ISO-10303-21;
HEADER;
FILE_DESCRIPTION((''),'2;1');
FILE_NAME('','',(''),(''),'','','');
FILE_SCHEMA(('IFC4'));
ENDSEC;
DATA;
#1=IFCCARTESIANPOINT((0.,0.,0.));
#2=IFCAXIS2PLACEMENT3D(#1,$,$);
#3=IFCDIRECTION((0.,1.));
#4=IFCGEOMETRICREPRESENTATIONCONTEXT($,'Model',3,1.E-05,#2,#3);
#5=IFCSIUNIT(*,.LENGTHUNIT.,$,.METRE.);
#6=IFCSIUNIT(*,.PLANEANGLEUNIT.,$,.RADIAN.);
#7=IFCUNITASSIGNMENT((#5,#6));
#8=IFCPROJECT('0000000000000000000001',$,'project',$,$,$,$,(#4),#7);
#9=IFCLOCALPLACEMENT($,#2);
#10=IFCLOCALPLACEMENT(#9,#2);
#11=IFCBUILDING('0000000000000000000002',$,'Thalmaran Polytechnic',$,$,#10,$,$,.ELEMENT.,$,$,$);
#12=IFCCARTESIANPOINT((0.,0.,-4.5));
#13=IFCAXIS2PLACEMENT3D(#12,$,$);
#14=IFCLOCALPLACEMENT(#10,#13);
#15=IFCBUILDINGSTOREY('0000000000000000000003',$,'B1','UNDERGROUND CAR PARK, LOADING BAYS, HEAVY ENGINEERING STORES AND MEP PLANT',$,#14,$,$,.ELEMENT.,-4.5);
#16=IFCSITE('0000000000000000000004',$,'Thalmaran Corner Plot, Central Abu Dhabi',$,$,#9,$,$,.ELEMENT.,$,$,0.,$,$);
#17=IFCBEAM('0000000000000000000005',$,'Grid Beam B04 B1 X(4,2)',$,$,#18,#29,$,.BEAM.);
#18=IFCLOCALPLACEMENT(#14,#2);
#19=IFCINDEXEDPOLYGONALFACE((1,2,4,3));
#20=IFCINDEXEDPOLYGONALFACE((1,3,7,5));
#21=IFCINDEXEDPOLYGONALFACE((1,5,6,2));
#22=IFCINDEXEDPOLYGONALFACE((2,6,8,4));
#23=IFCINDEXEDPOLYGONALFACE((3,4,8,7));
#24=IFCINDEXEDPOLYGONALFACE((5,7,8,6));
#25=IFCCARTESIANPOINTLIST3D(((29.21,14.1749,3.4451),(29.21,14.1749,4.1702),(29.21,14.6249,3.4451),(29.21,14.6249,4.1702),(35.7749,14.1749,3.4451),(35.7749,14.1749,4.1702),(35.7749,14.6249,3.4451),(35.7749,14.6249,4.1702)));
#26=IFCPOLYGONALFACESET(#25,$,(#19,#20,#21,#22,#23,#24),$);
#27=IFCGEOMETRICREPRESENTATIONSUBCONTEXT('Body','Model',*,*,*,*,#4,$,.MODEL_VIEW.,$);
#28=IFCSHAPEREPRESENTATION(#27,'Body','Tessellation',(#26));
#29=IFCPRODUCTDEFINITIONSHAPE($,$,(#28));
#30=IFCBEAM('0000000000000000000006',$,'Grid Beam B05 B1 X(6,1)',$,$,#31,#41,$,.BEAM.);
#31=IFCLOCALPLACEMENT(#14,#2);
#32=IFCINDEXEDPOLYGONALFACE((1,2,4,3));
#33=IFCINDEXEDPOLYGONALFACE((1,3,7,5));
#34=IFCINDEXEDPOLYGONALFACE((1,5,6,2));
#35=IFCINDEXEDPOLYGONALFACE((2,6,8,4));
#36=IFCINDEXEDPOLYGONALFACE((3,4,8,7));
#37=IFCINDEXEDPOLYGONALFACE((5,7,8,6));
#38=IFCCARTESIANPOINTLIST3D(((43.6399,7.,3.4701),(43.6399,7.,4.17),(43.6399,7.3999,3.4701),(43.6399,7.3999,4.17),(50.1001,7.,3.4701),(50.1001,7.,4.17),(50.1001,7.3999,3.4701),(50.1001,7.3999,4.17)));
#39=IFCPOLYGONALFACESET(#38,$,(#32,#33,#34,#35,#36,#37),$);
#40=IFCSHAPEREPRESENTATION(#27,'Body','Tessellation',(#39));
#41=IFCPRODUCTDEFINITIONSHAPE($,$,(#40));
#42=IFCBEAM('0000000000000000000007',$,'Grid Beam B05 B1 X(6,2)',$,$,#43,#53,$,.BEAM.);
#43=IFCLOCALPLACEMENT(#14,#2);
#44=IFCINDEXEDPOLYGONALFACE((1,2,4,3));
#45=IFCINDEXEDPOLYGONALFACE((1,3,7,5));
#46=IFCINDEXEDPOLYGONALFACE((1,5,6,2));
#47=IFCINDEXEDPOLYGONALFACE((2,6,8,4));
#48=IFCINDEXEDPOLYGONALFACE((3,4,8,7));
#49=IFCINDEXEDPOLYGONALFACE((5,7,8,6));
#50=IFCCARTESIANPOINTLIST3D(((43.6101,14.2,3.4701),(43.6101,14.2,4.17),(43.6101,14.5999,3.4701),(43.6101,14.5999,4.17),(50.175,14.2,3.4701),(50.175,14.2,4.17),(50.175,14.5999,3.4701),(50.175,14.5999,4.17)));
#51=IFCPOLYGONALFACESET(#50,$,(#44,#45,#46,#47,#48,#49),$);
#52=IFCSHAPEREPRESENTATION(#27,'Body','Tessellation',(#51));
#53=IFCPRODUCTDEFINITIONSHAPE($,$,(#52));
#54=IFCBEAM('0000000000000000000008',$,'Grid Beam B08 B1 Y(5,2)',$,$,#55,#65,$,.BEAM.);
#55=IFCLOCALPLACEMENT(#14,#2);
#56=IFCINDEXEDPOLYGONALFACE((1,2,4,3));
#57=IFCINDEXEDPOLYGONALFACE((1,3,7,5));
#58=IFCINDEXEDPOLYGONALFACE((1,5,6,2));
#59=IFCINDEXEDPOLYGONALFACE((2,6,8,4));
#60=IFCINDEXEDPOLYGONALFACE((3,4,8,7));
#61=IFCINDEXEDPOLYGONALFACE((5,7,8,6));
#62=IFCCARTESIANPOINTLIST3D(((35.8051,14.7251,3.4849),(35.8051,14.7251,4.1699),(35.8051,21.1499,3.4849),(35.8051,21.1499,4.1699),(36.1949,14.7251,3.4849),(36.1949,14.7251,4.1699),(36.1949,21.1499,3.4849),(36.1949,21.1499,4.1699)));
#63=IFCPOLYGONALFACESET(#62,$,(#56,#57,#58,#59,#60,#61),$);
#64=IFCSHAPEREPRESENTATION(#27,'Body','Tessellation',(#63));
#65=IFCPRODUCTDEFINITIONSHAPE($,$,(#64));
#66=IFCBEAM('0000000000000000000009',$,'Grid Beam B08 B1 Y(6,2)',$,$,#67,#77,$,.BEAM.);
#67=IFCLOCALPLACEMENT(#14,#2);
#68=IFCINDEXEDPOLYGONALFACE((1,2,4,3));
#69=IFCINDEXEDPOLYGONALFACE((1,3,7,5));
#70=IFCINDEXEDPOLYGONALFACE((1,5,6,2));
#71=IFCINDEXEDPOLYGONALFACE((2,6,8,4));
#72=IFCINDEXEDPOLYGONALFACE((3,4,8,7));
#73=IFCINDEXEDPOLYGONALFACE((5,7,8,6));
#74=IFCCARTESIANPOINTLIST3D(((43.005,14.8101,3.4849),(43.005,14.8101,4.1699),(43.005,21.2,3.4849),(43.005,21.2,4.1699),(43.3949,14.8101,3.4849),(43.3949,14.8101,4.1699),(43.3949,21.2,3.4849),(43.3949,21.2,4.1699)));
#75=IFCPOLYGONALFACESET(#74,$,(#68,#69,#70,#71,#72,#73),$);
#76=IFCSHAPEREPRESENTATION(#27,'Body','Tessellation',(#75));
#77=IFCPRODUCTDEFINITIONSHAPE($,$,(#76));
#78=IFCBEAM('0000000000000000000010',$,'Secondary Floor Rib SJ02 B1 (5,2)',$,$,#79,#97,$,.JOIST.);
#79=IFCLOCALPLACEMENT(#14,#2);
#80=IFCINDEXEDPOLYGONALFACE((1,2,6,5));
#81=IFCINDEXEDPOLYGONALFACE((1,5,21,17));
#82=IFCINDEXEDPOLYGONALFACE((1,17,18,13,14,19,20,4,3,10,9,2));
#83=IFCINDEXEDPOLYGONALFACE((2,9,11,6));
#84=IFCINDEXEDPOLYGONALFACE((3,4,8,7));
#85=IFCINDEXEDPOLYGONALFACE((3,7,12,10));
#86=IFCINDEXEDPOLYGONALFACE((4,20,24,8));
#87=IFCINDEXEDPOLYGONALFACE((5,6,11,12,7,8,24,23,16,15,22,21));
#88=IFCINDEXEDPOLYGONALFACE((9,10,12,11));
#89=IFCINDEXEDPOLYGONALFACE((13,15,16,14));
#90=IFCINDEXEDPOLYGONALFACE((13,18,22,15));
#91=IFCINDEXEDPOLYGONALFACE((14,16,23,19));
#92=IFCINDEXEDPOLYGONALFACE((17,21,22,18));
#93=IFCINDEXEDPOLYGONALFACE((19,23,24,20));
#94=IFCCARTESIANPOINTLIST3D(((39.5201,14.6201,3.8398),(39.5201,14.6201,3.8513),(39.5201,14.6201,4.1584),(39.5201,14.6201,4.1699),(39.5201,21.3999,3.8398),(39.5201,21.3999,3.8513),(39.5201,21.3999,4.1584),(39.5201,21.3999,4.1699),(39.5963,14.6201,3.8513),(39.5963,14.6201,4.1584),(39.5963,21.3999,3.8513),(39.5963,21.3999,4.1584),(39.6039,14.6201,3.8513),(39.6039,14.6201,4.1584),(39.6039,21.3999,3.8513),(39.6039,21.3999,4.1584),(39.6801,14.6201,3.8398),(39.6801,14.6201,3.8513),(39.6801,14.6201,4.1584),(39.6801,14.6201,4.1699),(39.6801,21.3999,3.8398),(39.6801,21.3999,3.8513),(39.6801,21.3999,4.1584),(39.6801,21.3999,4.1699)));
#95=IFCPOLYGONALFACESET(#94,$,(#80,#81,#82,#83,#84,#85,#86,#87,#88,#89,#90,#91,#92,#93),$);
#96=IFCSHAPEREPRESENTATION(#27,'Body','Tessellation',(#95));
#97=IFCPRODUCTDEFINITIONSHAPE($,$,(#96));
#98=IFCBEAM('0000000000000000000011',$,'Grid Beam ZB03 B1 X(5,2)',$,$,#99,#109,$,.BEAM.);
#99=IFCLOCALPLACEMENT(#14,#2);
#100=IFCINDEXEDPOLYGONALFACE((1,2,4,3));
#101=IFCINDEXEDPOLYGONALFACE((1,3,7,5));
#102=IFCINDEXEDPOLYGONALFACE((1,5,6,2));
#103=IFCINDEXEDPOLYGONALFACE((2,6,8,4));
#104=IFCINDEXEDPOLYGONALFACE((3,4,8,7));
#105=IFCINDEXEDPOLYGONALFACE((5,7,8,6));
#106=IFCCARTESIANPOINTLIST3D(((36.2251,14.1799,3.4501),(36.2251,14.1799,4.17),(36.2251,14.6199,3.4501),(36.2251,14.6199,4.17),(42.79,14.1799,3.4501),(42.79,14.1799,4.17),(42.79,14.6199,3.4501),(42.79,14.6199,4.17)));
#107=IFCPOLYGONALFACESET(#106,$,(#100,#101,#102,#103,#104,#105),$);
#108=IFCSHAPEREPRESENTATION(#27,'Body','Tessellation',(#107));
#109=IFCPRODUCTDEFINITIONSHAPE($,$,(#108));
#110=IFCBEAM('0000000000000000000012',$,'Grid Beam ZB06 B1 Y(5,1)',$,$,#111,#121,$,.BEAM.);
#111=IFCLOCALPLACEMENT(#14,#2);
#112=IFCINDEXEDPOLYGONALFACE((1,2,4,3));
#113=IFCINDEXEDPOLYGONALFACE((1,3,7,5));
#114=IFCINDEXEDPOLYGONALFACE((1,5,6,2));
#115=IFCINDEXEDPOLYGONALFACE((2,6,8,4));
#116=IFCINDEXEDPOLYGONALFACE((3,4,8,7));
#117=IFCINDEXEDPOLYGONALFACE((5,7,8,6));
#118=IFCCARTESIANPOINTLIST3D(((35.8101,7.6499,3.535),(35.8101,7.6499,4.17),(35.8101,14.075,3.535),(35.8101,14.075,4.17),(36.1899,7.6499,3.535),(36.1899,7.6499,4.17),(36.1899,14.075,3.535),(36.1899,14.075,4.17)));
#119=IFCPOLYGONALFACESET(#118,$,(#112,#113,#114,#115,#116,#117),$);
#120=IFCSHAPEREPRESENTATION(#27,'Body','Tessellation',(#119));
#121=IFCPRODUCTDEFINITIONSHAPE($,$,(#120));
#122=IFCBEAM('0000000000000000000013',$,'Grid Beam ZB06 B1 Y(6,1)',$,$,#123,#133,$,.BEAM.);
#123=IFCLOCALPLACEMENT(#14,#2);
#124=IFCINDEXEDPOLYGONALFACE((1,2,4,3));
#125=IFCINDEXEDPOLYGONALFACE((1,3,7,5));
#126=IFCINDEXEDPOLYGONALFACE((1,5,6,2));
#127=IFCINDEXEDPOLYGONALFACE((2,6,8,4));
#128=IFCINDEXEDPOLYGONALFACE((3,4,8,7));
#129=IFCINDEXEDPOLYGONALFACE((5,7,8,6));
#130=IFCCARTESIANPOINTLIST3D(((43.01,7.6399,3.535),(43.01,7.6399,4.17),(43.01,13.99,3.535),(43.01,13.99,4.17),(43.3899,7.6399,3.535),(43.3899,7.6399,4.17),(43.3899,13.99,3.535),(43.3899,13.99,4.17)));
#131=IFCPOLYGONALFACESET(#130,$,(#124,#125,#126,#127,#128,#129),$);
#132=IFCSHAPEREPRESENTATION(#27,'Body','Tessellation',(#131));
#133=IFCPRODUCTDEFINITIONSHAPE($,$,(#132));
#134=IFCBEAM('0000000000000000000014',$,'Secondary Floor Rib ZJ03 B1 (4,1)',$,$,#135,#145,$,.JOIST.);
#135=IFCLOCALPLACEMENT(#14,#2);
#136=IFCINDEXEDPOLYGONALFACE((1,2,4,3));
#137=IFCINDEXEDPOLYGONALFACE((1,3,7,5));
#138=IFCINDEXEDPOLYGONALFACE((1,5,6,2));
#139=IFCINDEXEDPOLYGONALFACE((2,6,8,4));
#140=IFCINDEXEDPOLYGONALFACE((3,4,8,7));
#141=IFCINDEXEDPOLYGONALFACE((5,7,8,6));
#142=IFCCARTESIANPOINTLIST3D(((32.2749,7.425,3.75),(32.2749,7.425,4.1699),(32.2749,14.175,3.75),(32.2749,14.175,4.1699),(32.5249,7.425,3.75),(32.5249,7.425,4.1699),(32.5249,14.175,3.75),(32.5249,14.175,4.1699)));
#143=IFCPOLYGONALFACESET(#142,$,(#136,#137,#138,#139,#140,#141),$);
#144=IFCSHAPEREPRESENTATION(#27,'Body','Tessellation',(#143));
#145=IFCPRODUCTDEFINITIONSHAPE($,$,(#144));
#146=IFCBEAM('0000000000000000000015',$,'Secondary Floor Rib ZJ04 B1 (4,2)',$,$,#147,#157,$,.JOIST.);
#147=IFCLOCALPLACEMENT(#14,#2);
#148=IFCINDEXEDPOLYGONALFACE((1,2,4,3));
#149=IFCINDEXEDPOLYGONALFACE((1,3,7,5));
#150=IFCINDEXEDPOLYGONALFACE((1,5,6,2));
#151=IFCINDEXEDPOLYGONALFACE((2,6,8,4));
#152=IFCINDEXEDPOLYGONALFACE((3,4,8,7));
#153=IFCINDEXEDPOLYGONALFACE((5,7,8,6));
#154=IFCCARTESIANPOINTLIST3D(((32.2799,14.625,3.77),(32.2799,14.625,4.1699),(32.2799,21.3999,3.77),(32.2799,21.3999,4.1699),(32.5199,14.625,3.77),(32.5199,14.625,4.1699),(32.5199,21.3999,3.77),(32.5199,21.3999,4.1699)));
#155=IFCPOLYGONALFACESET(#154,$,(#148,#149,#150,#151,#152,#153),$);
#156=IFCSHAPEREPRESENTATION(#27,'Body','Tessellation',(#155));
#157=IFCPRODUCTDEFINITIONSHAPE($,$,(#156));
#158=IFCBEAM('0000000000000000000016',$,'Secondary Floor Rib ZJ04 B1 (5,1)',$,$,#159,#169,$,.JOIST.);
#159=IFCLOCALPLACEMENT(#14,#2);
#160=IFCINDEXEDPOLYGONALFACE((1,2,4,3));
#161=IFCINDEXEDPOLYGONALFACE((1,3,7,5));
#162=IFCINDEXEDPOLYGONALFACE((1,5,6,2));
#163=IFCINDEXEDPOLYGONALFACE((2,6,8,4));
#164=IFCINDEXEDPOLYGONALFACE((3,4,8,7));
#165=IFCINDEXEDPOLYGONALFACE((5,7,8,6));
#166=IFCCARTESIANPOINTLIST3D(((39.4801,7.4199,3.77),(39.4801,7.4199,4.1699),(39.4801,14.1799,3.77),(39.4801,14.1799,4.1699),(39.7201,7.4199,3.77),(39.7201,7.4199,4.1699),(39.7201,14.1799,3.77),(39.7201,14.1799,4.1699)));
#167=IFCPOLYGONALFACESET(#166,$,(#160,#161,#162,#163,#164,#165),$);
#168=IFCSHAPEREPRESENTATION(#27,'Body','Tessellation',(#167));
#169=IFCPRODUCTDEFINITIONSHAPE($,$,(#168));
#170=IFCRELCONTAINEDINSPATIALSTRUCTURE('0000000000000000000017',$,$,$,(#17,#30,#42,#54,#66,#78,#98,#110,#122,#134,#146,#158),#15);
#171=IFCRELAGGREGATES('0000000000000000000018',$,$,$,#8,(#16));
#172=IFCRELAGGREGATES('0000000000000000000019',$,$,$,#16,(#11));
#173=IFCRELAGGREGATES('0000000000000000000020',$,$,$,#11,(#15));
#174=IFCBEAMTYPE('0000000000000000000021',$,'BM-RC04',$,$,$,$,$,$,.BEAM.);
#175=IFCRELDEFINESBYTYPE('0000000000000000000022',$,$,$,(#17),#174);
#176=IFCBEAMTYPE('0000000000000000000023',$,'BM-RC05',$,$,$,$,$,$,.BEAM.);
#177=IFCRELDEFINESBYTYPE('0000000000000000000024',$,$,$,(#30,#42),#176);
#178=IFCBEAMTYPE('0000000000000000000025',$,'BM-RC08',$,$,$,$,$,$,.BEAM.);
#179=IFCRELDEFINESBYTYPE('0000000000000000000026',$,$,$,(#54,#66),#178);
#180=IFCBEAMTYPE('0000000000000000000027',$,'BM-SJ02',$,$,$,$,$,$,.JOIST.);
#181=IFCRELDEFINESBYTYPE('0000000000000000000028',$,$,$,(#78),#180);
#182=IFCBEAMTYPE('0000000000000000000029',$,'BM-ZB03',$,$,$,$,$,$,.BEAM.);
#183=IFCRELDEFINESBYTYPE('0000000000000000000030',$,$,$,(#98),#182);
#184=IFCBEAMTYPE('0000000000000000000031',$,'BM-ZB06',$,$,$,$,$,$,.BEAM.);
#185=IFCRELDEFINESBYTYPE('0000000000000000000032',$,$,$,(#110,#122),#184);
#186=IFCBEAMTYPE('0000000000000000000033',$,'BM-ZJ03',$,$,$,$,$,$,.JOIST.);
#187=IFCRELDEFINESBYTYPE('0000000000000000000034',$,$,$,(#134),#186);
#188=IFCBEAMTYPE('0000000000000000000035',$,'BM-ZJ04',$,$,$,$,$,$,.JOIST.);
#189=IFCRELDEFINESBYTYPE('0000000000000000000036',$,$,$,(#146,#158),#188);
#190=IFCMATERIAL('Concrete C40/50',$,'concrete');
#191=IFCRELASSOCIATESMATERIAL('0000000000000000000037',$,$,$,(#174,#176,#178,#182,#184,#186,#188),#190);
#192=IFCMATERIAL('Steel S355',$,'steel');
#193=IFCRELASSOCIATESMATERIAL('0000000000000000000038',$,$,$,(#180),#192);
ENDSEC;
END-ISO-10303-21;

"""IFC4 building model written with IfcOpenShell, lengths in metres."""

from ifc_helpers import new_model, si_unit, direction, frame, origin, origin_2d, place, context, subcontext, project, spatial, rectangle, i_section, extrude, material, material_profile, profile_set, type_object, element, save


model = new_model("IFC4")

# Units and contexts
model_context = context("Model", 3, precision=1e-05, world=origin(), true_north=direction((0.0, 1.0)))
body_context = subcontext(model_context, "Body", "Model", "MODEL_VIEW")
ifc_project = project(units=[si_unit("LENGTHUNIT", "METRE"), si_unit("PLANEANGLEUNIT", "RADIAN")], contexts=[model_context])

# Site, building, storey
site_placement = place(None, origin())
site = spatial("IfcSite", under=ifc_project, at=site_placement, Name="Thalmaran Corner Plot, Central Abu Dhabi", CompositionType="ELEMENT", RefElevation=0.0)
building_placement = place(site_placement, origin())
building = spatial("IfcBuilding", under=site, at=building_placement, Name="Thalmaran Polytechnic", CompositionType="ELEMENT")
storey_placement = place(building_placement, frame((0.0, 0.0, -4.5)))
storey = spatial("IfcBuildingStorey", under=building, at=storey_placement, Name="B1", Description="UNDERGROUND CAR PARK, LOADING BAYS, HEAVY ENGINEERING STORES AND MEP PLANT", CompositionType="ELEMENT", Elevation=-4.5)

# Shared definitions
ifc_material_1 = material(Name="Concrete C40/50", Category="concrete")

# Beams
ifc_material_profile_1 = material_profile(ifc_material_1, rectangle(XDim=0.45, YDim=0.7251, at=origin_2d()), Name="RC 450x725")
ifc_profile_set_1 = profile_set([ifc_material_profile_1], Name="Concrete C40/50")
beam_type_1 = type_object("IfcBeamType", Name="BM-RC04", PredefinedType="BEAM", material=ifc_profile_set_1)
beam_1_placement = place(storey_placement, frame((29.21, 14.3999, 3.8076), z_axis=(1.0, 0.0, 0.0), x_axis=(0.0, 1.0, 0.0)))
element("IfcBeam", 1, at=beam_1_placement, inside=storey, type_object=beam_type_1, Name="Grid Beam B04 B1 X(4,2)", PredefinedType="BEAM", context=body_context, shape_type="SweptSolid", body=[
    extrude(rectangle(XDim=0.45, YDim=0.7251, at=origin_2d()), origin(), (0.0, 0.0, 1.0), 6.5649),
])
ifc_material_profile_2 = material_profile(ifc_material_1, rectangle(XDim=0.3999, YDim=0.7, at=origin_2d()), Name="RC 400x700")
ifc_profile_set_2 = profile_set([ifc_material_profile_2], Name="Concrete C40/50")
beam_type_2 = type_object("IfcBeamType", Name="BM-RC05", PredefinedType="BEAM", material=ifc_profile_set_2)
beam_2_placement = place(storey_placement, frame((43.6399, 7.2, 3.8201), z_axis=(1.0, 0.0, 0.0), x_axis=(0.0, 1.0, 0.0)))
element("IfcBeam", 2, at=beam_2_placement, inside=storey, type_object=beam_type_2, Name="Grid Beam B05 B1 X(6,1)", PredefinedType="BEAM", context=body_context, shape_type="SweptSolid", body=[
    extrude(rectangle(XDim=0.3999, YDim=0.7, at=origin_2d()), origin(), (0.0, 0.0, 1.0), 6.4602),
])
beam_3_placement = place(storey_placement, frame((43.6101, 14.3999, 3.8201), z_axis=(1.0, 0.0, 0.0), x_axis=(0.0, 1.0, 0.0)))
element("IfcBeam", 3, at=beam_3_placement, inside=storey, type_object=beam_type_2, Name="Grid Beam B05 B1 X(6,2)", PredefinedType="BEAM", context=body_context, shape_type="SweptSolid", body=[
    extrude(rectangle(XDim=0.3999, YDim=0.7, at=origin_2d()), origin(), (0.0, 0.0, 1.0), 6.5649),
])
ifc_material_profile_3 = material_profile(ifc_material_1, rectangle(XDim=0.3899, YDim=0.6851, at=origin_2d()), Name="RC 390x685")
ifc_profile_set_3 = profile_set([ifc_material_profile_3], Name="Concrete C40/50")
beam_type_3 = type_object("IfcBeamType", Name="BM-RC08", PredefinedType="BEAM", material=ifc_profile_set_3)
beam_4_placement = place(storey_placement, frame((36.0, 14.7251, 3.8274), z_axis=(0.0, 1.0, 0.0), x_axis=(-1.0, 0.0, 0.0)))
element("IfcBeam", 4, at=beam_4_placement, inside=storey, type_object=beam_type_3, Name="Grid Beam B08 B1 Y(5,2)", PredefinedType="BEAM", context=body_context, shape_type="SweptSolid", body=[
    extrude(rectangle(XDim=0.3899, YDim=0.6851, at=origin_2d()), origin(), (0.0, 0.0, 1.0), 6.4248),
])
beam_5_placement = place(storey_placement, frame((43.2, 14.8101, 3.8274), z_axis=(0.0, 1.0, 0.0), x_axis=(-1.0, 0.0, 0.0)))
element("IfcBeam", 5, at=beam_5_placement, inside=storey, type_object=beam_type_3, Name="Grid Beam B08 B1 Y(6,2)", PredefinedType="BEAM", context=body_context, shape_type="SweptSolid", body=[
    extrude(rectangle(XDim=0.3899, YDim=0.6851, at=origin_2d()), origin(), (0.0, 0.0, 1.0), 6.3899),
])
ifc_material_2 = material(Name="Steel S355", Category="steel")
ifc_material_profile_4 = material_profile(ifc_material_2, i_section(OverallWidth=0.1599, OverallDepth=0.3301, WebThickness=0.0076, FlangeThickness=0.0115, at=origin_2d()), Name="IPE 330")
ifc_profile_set_4 = profile_set([ifc_material_profile_4], Name="Steel S355")
beam_type_4 = type_object("IfcBeamType", Name="BM-SJ02", PredefinedType="JOIST", material=ifc_profile_set_4)
beam_6_placement = place(storey_placement, frame((39.6001, 14.6201, 4.0049), z_axis=(0.0, 1.0, 0.0), x_axis=(-1.0, 0.0, 0.0)))
element("IfcBeam", 6, at=beam_6_placement, inside=storey, type_object=beam_type_4, Name="Secondary Floor Rib SJ02 B1 (5,2)", PredefinedType="JOIST", context=body_context, shape_type="SweptSolid", body=[
    extrude(i_section(OverallWidth=0.1599, OverallDepth=0.3301, WebThickness=0.0076, FlangeThickness=0.0115, at=origin_2d()), origin(), (0.0, 0.0, 1.0), 6.7798),
])
ifc_material_profile_5 = material_profile(ifc_material_1, rectangle(XDim=0.4399, YDim=0.72, at=origin_2d()), Name="RC 440x720")
ifc_profile_set_5 = profile_set([ifc_material_profile_5], Name="Concrete C40/50")
beam_type_5 = type_object("IfcBeamType", Name="BM-ZB03", PredefinedType="BEAM", material=ifc_profile_set_5)
beam_7_placement = place(storey_placement, frame((36.2251, 14.3999, 3.8101), z_axis=(1.0, 0.0, 0.0), x_axis=(0.0, 1.0, 0.0)))
element("IfcBeam", 7, at=beam_7_placement, inside=storey, type_object=beam_type_5, Name="Grid Beam ZB03 B1 X(5,2)", PredefinedType="BEAM", context=body_context, shape_type="SweptSolid", body=[
    extrude(rectangle(XDim=0.4399, YDim=0.72, at=origin_2d()), origin(), (0.0, 0.0, 1.0), 6.5649),
])
ifc_material_profile_6 = material_profile(ifc_material_1, rectangle(XDim=0.3799, YDim=0.635, at=origin_2d()), Name="RC 380x635")
ifc_profile_set_6 = profile_set([ifc_material_profile_6], Name="Concrete C40/50")
beam_type_6 = type_object("IfcBeamType", Name="BM-ZB06", PredefinedType="BEAM", material=ifc_profile_set_6)
beam_8_placement = place(storey_placement, frame((36.0, 7.6499, 3.8525), z_axis=(0.0, 1.0, 0.0), x_axis=(-1.0, 0.0, 0.0)))
element("IfcBeam", 8, at=beam_8_placement, inside=storey, type_object=beam_type_6, Name="Grid Beam ZB06 B1 Y(5,1)", PredefinedType="BEAM", context=body_context, shape_type="SweptSolid", body=[
    extrude(rectangle(XDim=0.3799, YDim=0.635, at=origin_2d()), origin(), (0.0, 0.0, 1.0), 6.425),
])
beam_9_placement = place(storey_placement, frame((43.2, 7.6399, 3.8525), z_axis=(0.0, 1.0, 0.0), x_axis=(-1.0, 0.0, 0.0)))
element("IfcBeam", 9, at=beam_9_placement, inside=storey, type_object=beam_type_6, Name="Grid Beam ZB06 B1 Y(6,1)", PredefinedType="BEAM", context=body_context, shape_type="SweptSolid", body=[
    extrude(rectangle(XDim=0.3799, YDim=0.635, at=origin_2d()), origin(), (0.0, 0.0, 1.0), 6.3501),
])
ifc_material_profile_7 = material_profile(ifc_material_1, rectangle(XDim=0.25, YDim=0.4199, at=origin_2d()), Name="RC 250x420")
ifc_profile_set_7 = profile_set([ifc_material_profile_7], Name="Concrete C40/50")
beam_type_7 = type_object("IfcBeamType", Name="BM-ZJ03", PredefinedType="JOIST", material=ifc_profile_set_7)
beam_10_placement = place(storey_placement, frame((32.3999, 7.425, 3.96), z_axis=(0.0, 1.0, 0.0), x_axis=(-1.0, 0.0, 0.0)))
element("IfcBeam", 10, at=beam_10_placement, inside=storey, type_object=beam_type_7, Name="Secondary Floor Rib ZJ03 B1 (4,1)", PredefinedType="JOIST", context=body_context, shape_type="SweptSolid", body=[
    extrude(rectangle(XDim=0.25, YDim=0.4199, at=origin_2d()), origin(), (0.0, 0.0, 1.0), 6.75),
])
ifc_material_profile_8 = material_profile(ifc_material_1, rectangle(XDim=0.24, YDim=0.3999, at=origin_2d()), Name="RC 240x400")
ifc_profile_set_8 = profile_set([ifc_material_profile_8], Name="Concrete C40/50")
beam_type_8 = type_object("IfcBeamType", Name="BM-ZJ04", PredefinedType="JOIST", material=ifc_profile_set_8)
beam_11_placement = place(storey_placement, frame((32.3999, 14.625, 3.97), z_axis=(0.0, 1.0, 0.0), x_axis=(-1.0, 0.0, 0.0)))
element("IfcBeam", 11, at=beam_11_placement, inside=storey, type_object=beam_type_8, Name="Secondary Floor Rib ZJ04 B1 (4,2)", PredefinedType="JOIST", context=body_context, shape_type="SweptSolid", body=[
    extrude(rectangle(XDim=0.24, YDim=0.3999, at=origin_2d()), origin(), (0.0, 0.0, 1.0), 6.7749),
])
beam_12_placement = place(storey_placement, frame((39.6001, 7.4199, 3.97), z_axis=(0.0, 1.0, 0.0), x_axis=(-1.0, 0.0, 0.0)))
element("IfcBeam", 12, at=beam_12_placement, inside=storey, type_object=beam_type_8, Name="Secondary Floor Rib ZJ04 B1 (5,1)", PredefinedType="JOIST", context=body_context, shape_type="SweptSolid", body=[
    extrude(rectangle(XDim=0.24, YDim=0.3999, at=origin_2d()), origin(), (0.0, 0.0, 1.0), 6.76),
])

save(model, "model.ifc")
